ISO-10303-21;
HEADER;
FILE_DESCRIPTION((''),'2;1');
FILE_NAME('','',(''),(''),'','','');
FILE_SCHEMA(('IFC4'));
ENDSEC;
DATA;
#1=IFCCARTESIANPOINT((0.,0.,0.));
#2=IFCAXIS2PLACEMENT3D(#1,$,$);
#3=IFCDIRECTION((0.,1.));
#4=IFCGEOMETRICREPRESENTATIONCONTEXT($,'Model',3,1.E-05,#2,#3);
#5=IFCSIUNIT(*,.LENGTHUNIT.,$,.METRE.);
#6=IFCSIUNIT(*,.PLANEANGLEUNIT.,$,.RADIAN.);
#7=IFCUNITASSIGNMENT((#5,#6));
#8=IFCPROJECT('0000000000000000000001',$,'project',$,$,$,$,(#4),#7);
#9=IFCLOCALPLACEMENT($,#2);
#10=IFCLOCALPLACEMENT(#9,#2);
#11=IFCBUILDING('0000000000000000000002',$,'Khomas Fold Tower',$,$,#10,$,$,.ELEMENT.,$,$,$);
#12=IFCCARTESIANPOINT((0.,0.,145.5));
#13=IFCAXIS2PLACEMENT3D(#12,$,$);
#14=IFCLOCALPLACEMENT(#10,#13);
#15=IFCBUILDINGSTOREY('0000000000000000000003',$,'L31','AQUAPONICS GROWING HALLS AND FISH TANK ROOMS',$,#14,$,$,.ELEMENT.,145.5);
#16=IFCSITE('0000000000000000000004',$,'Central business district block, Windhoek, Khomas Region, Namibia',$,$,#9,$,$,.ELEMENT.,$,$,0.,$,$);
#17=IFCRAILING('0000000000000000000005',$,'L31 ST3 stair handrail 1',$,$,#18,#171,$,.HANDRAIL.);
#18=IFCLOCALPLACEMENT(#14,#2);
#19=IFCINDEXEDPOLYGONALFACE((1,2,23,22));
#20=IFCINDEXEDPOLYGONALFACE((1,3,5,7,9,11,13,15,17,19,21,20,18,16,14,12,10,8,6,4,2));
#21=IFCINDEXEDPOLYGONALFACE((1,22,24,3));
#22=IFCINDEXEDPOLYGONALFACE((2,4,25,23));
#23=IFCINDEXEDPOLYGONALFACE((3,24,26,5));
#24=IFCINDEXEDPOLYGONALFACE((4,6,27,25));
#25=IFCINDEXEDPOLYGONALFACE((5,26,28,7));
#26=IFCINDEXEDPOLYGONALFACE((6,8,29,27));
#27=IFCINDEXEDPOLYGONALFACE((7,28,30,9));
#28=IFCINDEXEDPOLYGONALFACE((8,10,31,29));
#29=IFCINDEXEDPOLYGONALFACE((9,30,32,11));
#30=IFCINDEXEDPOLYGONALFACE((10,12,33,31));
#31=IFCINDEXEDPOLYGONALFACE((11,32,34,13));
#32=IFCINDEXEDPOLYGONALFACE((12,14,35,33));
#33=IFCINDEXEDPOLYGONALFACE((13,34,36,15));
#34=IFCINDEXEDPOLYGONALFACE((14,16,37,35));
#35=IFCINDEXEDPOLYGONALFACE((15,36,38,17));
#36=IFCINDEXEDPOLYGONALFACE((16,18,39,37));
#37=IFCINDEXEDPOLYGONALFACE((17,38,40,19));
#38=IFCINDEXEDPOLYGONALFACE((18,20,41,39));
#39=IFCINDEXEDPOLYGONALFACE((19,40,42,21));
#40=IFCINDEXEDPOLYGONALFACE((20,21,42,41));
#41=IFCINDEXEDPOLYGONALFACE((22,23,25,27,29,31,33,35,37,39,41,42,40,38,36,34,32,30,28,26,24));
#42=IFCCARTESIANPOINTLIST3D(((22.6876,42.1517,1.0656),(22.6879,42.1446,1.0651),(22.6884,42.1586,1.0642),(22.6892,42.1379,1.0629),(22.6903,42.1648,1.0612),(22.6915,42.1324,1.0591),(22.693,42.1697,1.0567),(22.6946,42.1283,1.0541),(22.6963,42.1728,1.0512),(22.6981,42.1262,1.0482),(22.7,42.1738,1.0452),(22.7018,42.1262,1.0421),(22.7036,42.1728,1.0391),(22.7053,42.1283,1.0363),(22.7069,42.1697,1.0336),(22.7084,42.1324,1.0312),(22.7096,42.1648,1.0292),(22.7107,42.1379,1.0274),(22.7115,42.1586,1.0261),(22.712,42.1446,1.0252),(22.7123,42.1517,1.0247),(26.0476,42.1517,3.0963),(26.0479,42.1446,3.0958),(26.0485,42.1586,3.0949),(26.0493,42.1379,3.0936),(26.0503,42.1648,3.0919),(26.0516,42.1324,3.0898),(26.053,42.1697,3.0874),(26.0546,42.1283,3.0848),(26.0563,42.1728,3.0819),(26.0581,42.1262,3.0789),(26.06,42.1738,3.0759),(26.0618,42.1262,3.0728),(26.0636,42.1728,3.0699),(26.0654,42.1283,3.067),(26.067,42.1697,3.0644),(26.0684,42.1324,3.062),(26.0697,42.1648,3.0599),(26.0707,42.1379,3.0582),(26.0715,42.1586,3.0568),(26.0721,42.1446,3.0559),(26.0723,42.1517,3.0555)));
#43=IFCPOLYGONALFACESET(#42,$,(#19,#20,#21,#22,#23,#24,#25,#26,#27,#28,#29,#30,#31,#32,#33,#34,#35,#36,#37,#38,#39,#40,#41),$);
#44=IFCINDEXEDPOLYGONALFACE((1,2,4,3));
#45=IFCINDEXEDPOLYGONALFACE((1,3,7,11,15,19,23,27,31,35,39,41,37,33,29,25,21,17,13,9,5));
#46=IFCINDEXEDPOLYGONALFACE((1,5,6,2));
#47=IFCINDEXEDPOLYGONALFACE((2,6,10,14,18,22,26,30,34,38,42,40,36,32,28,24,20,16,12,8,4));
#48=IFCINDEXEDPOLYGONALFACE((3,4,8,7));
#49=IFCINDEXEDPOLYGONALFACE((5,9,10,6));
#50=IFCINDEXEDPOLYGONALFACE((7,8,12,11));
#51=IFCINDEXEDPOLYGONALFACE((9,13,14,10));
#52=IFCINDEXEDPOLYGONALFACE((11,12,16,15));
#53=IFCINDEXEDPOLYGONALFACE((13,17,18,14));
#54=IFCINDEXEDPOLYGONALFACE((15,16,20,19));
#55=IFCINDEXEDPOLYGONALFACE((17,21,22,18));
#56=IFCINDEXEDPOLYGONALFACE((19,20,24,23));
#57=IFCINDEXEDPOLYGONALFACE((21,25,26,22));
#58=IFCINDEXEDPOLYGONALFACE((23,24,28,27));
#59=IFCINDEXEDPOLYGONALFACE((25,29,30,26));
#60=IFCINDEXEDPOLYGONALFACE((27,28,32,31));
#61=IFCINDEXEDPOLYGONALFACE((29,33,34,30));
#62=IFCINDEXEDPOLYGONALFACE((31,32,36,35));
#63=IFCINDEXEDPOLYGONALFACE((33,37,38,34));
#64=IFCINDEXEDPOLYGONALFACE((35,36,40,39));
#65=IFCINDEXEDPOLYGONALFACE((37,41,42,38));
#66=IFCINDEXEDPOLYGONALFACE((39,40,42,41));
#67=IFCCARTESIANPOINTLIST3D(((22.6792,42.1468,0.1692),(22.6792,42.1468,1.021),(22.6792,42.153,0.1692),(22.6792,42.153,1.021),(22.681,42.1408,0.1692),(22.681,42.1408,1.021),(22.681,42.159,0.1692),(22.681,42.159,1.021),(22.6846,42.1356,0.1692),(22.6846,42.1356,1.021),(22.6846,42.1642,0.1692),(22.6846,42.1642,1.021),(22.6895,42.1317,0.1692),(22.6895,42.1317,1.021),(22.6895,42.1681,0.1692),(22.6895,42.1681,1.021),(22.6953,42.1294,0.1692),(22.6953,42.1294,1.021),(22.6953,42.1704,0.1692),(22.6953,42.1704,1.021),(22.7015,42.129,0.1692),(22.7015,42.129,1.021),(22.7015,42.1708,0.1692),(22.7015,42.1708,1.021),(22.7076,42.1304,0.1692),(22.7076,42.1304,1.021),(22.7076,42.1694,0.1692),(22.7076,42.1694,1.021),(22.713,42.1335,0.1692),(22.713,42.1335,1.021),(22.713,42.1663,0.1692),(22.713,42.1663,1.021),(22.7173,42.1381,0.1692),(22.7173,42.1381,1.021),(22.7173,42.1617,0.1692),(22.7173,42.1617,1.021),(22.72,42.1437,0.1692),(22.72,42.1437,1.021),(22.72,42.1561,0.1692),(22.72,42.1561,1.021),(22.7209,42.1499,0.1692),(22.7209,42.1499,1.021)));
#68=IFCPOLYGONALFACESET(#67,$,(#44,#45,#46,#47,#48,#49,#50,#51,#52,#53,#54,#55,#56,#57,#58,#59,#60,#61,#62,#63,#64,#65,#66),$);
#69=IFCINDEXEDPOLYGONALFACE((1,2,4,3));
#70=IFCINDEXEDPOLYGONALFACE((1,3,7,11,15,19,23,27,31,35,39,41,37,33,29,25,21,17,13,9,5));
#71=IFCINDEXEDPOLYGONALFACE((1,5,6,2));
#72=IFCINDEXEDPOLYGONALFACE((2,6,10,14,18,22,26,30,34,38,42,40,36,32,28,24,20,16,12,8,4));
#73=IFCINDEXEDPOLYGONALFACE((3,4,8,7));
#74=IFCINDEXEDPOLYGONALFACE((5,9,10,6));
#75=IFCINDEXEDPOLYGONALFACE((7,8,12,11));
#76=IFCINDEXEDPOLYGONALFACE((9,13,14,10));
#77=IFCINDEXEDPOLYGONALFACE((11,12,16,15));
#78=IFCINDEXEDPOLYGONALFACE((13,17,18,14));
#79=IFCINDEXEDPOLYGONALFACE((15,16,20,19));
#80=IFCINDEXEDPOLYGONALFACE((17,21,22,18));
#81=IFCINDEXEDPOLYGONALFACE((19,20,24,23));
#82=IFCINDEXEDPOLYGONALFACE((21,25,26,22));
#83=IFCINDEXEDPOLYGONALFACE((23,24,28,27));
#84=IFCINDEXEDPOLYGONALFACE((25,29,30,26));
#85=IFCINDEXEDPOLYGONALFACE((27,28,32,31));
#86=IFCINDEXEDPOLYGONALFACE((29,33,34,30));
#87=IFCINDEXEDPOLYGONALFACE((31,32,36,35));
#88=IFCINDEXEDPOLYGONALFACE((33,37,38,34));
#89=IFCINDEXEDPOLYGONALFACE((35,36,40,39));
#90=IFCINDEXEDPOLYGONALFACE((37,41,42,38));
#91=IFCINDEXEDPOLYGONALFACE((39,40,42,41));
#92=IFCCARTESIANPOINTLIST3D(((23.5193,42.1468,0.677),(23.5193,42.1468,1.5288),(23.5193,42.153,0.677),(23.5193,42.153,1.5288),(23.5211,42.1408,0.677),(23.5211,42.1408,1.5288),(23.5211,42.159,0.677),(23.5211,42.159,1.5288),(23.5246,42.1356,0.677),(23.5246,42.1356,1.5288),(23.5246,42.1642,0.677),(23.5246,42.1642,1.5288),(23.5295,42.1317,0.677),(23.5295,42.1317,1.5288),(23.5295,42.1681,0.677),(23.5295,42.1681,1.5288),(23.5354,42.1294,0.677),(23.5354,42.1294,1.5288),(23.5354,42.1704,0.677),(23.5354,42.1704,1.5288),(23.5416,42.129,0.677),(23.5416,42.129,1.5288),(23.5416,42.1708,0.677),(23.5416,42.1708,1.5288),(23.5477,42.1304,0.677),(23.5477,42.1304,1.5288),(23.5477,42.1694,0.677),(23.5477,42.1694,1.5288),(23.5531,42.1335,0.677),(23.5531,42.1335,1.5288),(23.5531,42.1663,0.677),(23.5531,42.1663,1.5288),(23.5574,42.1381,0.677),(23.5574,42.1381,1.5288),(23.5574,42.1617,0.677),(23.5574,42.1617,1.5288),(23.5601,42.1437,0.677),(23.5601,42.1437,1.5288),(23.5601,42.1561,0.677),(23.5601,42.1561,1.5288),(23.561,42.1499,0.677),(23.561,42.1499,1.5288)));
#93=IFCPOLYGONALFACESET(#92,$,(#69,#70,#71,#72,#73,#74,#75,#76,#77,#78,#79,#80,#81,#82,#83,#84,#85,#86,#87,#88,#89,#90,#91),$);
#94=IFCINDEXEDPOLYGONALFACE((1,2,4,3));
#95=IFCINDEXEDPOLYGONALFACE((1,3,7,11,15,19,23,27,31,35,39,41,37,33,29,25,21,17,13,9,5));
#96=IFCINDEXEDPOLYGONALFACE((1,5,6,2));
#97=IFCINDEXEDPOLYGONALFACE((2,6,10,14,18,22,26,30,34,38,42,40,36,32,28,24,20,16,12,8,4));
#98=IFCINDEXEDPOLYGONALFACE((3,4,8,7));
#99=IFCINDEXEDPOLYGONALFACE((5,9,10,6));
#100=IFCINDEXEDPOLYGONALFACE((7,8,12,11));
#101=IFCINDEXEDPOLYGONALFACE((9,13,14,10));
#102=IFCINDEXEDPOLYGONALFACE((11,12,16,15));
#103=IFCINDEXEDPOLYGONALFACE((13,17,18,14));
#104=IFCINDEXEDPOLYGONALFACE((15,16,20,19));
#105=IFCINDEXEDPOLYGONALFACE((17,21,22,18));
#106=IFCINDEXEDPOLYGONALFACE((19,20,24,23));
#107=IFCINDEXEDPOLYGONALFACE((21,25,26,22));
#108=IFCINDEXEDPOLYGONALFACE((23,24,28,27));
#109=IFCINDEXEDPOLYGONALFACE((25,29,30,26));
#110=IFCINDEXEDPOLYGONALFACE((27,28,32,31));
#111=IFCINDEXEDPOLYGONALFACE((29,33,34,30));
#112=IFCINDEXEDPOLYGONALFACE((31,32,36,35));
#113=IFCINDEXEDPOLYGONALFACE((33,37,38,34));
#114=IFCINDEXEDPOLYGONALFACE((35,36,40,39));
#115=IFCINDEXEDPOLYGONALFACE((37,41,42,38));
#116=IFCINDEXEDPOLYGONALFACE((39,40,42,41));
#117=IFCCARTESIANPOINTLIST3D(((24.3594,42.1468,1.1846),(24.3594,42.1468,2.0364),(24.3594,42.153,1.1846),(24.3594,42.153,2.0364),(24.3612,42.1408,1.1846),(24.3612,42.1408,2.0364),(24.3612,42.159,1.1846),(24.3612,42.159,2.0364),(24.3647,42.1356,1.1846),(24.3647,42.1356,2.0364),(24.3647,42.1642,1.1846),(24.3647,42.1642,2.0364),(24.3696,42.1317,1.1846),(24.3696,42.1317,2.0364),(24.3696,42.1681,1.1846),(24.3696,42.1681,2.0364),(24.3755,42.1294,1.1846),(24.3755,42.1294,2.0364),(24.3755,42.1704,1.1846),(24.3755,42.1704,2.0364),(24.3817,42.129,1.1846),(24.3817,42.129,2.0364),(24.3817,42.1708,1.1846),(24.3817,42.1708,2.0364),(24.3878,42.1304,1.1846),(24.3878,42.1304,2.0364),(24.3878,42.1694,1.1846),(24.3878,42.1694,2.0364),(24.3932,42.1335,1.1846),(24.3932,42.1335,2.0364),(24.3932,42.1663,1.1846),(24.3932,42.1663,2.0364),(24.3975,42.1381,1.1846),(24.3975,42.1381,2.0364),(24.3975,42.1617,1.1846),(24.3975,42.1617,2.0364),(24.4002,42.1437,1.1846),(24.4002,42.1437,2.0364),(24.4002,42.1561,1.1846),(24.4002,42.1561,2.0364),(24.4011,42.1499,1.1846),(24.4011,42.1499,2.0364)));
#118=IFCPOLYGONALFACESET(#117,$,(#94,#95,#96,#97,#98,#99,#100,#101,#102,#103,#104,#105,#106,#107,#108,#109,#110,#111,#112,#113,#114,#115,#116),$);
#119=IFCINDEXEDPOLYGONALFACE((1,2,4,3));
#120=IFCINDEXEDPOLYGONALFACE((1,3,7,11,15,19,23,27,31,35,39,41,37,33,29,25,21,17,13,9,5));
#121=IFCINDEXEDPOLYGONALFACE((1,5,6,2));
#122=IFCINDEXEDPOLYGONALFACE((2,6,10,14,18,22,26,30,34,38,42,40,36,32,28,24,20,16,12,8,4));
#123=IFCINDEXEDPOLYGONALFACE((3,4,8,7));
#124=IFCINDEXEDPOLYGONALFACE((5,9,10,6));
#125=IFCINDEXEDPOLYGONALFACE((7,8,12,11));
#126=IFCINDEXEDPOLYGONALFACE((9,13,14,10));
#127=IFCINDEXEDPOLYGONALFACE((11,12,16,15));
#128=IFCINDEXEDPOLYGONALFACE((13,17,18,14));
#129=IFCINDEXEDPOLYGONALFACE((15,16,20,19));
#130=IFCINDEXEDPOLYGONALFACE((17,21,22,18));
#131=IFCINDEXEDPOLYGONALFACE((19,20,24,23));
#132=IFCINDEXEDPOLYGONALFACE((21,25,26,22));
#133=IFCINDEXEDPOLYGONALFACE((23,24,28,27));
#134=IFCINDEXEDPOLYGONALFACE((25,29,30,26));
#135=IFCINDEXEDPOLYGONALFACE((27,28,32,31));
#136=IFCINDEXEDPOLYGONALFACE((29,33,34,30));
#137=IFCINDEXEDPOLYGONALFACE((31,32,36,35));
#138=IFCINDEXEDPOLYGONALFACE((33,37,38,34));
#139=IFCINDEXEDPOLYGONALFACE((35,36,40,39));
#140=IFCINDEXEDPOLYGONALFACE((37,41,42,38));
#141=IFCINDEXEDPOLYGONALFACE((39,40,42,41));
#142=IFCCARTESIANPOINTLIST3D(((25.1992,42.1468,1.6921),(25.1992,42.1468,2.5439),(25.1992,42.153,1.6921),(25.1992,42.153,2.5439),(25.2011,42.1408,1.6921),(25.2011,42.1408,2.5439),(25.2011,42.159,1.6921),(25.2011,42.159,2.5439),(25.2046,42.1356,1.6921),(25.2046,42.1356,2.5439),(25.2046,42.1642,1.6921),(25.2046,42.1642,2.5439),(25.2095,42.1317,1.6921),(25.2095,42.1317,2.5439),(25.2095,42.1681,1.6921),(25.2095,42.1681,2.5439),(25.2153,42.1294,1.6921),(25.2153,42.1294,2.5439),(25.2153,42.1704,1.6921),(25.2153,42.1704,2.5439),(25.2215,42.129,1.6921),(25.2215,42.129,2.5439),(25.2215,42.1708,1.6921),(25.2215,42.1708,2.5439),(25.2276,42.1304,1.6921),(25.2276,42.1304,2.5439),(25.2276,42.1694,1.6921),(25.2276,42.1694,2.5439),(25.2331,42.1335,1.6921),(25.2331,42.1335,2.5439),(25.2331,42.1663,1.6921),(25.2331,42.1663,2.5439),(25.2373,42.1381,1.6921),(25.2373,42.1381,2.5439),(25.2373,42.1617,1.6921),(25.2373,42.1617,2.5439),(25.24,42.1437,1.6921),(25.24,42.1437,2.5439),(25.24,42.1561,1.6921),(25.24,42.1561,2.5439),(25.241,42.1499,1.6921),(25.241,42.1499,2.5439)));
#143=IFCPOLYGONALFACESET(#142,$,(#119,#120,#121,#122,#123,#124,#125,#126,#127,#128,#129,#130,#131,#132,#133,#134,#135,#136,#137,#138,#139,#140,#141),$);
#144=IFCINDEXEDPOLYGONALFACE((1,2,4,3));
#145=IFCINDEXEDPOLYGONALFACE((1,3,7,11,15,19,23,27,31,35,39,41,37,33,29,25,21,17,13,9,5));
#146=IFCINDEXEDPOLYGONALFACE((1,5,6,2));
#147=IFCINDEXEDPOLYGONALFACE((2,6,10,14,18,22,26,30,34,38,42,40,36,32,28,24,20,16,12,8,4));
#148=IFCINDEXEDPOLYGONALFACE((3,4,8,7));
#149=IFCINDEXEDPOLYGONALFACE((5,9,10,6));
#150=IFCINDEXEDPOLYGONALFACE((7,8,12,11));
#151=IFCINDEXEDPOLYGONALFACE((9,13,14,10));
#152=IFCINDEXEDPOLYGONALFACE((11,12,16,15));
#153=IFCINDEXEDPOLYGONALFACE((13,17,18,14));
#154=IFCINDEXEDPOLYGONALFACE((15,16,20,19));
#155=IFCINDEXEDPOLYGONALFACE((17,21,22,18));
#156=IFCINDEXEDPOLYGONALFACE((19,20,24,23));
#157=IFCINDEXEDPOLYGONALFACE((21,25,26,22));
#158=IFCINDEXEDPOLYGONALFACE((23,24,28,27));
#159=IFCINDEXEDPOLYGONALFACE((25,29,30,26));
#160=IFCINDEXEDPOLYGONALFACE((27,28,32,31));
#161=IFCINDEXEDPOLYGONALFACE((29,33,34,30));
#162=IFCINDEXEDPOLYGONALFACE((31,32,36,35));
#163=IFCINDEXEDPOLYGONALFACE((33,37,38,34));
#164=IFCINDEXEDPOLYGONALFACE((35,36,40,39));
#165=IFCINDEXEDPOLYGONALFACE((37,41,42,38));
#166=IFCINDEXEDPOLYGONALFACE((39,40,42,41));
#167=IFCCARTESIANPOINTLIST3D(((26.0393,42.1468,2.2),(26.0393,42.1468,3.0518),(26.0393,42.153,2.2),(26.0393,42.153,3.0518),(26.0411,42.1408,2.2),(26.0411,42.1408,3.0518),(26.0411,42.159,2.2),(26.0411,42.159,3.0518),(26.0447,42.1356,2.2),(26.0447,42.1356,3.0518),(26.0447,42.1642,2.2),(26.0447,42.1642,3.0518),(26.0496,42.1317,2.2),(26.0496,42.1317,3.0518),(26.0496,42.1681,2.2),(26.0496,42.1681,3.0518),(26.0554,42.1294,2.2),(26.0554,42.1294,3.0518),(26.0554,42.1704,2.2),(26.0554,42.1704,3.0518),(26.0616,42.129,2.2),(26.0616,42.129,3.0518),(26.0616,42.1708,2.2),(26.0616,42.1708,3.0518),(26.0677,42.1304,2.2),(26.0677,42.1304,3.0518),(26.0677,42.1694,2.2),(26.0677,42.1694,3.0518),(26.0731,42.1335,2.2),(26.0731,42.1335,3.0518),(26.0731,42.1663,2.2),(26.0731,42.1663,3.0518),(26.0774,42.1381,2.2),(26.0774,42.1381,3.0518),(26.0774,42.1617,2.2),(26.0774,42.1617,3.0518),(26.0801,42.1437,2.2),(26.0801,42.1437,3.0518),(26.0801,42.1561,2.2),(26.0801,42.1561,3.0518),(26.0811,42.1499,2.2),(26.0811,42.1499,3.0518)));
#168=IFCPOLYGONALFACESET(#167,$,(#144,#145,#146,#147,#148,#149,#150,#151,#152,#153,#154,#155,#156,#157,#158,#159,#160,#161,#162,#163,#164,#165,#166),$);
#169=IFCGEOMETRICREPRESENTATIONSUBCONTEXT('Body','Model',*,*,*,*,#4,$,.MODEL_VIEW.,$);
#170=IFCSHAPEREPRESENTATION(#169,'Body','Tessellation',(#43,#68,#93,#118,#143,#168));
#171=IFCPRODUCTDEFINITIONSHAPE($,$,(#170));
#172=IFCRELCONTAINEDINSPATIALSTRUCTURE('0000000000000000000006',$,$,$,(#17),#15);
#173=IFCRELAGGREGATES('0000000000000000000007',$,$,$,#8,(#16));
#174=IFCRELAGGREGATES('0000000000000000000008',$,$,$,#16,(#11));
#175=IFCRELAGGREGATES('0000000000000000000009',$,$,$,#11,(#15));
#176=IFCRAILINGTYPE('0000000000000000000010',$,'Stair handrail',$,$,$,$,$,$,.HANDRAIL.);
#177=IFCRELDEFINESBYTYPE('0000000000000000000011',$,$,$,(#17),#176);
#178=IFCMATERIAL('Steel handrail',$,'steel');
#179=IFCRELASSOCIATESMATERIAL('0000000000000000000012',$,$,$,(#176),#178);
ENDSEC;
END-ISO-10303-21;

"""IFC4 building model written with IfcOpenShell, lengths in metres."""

from ifc_helpers import new_model, si_unit, direction, frame, origin, origin_2d, place, context, subcontext, project, spatial, circle, extrude, source, transform, mapped, material, type_object, element, save


model = new_model("IFC4")

# Units and contexts
model_context = context("Model", 3, precision=1e-05, world=origin(), true_north=direction((0.0, 1.0)))
body_context = subcontext(model_context, "Body", "Model", "MODEL_VIEW")
ifc_project = project(units=[si_unit("LENGTHUNIT", "METRE"), si_unit("PLANEANGLEUNIT", "RADIAN")], contexts=[model_context])

# Site, building, storey
site_placement = place(None, origin())
site = spatial("IfcSite", under=ifc_project, at=site_placement, Name="Central business district block, Windhoek, Khomas Region, Namibia", CompositionType="ELEMENT", RefElevation=0.0)
building_placement = place(site_placement, origin())
building = spatial("IfcBuilding", under=site, at=building_placement, Name="Khomas Fold Tower", CompositionType="ELEMENT")
storey_placement = place(building_placement, frame((0.0, 0.0, 145.5)))
storey = spatial("IfcBuildingStorey", under=building, at=storey_placement, Name="L31", Description="AQUAPONICS GROWING HALLS AND FISH TANK ROOMS", CompositionType="ELEMENT", Elevation=145.5)

# Railing
ifc_material_1 = material(Name="Steel handrail", Category="steel")
railing_type_1 = type_object("IfcRailingType", Name="Stair handrail", PredefinedType="HANDRAIL", material=ifc_material_1)
shared_shape_1 = source(origin(), body_context, "Body", "SweptSolid", [
    extrude(circle(Radius=0.0239, at=origin_2d()), frame((0.0, 0.0, 0.876), z_axis=(0.855837, 0.0, 0.517246), x_axis=(0.0, 1.0, 0.0)), (0.0, 0.0, 1.0), 3.926),
    extrude(circle(Radius=0.021, at=origin_2d()), origin(), (0.0, 0.0, 1.0), 0.8518),
    extrude(circle(Radius=0.021, at=origin_2d()), frame((0.8401, 0.0, 0.5078)), (0.0, 0.0, 1.0), 0.8518),
    extrude(circle(Radius=0.021, at=origin_2d()), frame((1.6802, 0.0, 1.0154)), (0.0, 0.0, 1.0), 0.8518),
    extrude(circle(Radius=0.021, at=origin_2d()), frame((2.52, 0.0, 1.5229)), (0.0, 0.0, 1.0), 0.8518),
    extrude(circle(Radius=0.021, at=origin_2d()), frame((3.3601, 0.0, 2.0308)), (0.0, 0.0, 1.0), 0.8518),
])
railing_1_placement = place(storey_placement, frame((22.7, 42.1499, 0.1692)))
element("IfcRailing", 1, at=railing_1_placement, inside=storey, type_object=railing_type_1, Name="L31 ST3 stair handrail 1", PredefinedType="HANDRAIL", context=body_context, shape_type="MappedRepresentation", body=[
    mapped(shared_shape_1, transform((0.0, 0.0, 0.0))),
])

save(model, "model.ifc")
